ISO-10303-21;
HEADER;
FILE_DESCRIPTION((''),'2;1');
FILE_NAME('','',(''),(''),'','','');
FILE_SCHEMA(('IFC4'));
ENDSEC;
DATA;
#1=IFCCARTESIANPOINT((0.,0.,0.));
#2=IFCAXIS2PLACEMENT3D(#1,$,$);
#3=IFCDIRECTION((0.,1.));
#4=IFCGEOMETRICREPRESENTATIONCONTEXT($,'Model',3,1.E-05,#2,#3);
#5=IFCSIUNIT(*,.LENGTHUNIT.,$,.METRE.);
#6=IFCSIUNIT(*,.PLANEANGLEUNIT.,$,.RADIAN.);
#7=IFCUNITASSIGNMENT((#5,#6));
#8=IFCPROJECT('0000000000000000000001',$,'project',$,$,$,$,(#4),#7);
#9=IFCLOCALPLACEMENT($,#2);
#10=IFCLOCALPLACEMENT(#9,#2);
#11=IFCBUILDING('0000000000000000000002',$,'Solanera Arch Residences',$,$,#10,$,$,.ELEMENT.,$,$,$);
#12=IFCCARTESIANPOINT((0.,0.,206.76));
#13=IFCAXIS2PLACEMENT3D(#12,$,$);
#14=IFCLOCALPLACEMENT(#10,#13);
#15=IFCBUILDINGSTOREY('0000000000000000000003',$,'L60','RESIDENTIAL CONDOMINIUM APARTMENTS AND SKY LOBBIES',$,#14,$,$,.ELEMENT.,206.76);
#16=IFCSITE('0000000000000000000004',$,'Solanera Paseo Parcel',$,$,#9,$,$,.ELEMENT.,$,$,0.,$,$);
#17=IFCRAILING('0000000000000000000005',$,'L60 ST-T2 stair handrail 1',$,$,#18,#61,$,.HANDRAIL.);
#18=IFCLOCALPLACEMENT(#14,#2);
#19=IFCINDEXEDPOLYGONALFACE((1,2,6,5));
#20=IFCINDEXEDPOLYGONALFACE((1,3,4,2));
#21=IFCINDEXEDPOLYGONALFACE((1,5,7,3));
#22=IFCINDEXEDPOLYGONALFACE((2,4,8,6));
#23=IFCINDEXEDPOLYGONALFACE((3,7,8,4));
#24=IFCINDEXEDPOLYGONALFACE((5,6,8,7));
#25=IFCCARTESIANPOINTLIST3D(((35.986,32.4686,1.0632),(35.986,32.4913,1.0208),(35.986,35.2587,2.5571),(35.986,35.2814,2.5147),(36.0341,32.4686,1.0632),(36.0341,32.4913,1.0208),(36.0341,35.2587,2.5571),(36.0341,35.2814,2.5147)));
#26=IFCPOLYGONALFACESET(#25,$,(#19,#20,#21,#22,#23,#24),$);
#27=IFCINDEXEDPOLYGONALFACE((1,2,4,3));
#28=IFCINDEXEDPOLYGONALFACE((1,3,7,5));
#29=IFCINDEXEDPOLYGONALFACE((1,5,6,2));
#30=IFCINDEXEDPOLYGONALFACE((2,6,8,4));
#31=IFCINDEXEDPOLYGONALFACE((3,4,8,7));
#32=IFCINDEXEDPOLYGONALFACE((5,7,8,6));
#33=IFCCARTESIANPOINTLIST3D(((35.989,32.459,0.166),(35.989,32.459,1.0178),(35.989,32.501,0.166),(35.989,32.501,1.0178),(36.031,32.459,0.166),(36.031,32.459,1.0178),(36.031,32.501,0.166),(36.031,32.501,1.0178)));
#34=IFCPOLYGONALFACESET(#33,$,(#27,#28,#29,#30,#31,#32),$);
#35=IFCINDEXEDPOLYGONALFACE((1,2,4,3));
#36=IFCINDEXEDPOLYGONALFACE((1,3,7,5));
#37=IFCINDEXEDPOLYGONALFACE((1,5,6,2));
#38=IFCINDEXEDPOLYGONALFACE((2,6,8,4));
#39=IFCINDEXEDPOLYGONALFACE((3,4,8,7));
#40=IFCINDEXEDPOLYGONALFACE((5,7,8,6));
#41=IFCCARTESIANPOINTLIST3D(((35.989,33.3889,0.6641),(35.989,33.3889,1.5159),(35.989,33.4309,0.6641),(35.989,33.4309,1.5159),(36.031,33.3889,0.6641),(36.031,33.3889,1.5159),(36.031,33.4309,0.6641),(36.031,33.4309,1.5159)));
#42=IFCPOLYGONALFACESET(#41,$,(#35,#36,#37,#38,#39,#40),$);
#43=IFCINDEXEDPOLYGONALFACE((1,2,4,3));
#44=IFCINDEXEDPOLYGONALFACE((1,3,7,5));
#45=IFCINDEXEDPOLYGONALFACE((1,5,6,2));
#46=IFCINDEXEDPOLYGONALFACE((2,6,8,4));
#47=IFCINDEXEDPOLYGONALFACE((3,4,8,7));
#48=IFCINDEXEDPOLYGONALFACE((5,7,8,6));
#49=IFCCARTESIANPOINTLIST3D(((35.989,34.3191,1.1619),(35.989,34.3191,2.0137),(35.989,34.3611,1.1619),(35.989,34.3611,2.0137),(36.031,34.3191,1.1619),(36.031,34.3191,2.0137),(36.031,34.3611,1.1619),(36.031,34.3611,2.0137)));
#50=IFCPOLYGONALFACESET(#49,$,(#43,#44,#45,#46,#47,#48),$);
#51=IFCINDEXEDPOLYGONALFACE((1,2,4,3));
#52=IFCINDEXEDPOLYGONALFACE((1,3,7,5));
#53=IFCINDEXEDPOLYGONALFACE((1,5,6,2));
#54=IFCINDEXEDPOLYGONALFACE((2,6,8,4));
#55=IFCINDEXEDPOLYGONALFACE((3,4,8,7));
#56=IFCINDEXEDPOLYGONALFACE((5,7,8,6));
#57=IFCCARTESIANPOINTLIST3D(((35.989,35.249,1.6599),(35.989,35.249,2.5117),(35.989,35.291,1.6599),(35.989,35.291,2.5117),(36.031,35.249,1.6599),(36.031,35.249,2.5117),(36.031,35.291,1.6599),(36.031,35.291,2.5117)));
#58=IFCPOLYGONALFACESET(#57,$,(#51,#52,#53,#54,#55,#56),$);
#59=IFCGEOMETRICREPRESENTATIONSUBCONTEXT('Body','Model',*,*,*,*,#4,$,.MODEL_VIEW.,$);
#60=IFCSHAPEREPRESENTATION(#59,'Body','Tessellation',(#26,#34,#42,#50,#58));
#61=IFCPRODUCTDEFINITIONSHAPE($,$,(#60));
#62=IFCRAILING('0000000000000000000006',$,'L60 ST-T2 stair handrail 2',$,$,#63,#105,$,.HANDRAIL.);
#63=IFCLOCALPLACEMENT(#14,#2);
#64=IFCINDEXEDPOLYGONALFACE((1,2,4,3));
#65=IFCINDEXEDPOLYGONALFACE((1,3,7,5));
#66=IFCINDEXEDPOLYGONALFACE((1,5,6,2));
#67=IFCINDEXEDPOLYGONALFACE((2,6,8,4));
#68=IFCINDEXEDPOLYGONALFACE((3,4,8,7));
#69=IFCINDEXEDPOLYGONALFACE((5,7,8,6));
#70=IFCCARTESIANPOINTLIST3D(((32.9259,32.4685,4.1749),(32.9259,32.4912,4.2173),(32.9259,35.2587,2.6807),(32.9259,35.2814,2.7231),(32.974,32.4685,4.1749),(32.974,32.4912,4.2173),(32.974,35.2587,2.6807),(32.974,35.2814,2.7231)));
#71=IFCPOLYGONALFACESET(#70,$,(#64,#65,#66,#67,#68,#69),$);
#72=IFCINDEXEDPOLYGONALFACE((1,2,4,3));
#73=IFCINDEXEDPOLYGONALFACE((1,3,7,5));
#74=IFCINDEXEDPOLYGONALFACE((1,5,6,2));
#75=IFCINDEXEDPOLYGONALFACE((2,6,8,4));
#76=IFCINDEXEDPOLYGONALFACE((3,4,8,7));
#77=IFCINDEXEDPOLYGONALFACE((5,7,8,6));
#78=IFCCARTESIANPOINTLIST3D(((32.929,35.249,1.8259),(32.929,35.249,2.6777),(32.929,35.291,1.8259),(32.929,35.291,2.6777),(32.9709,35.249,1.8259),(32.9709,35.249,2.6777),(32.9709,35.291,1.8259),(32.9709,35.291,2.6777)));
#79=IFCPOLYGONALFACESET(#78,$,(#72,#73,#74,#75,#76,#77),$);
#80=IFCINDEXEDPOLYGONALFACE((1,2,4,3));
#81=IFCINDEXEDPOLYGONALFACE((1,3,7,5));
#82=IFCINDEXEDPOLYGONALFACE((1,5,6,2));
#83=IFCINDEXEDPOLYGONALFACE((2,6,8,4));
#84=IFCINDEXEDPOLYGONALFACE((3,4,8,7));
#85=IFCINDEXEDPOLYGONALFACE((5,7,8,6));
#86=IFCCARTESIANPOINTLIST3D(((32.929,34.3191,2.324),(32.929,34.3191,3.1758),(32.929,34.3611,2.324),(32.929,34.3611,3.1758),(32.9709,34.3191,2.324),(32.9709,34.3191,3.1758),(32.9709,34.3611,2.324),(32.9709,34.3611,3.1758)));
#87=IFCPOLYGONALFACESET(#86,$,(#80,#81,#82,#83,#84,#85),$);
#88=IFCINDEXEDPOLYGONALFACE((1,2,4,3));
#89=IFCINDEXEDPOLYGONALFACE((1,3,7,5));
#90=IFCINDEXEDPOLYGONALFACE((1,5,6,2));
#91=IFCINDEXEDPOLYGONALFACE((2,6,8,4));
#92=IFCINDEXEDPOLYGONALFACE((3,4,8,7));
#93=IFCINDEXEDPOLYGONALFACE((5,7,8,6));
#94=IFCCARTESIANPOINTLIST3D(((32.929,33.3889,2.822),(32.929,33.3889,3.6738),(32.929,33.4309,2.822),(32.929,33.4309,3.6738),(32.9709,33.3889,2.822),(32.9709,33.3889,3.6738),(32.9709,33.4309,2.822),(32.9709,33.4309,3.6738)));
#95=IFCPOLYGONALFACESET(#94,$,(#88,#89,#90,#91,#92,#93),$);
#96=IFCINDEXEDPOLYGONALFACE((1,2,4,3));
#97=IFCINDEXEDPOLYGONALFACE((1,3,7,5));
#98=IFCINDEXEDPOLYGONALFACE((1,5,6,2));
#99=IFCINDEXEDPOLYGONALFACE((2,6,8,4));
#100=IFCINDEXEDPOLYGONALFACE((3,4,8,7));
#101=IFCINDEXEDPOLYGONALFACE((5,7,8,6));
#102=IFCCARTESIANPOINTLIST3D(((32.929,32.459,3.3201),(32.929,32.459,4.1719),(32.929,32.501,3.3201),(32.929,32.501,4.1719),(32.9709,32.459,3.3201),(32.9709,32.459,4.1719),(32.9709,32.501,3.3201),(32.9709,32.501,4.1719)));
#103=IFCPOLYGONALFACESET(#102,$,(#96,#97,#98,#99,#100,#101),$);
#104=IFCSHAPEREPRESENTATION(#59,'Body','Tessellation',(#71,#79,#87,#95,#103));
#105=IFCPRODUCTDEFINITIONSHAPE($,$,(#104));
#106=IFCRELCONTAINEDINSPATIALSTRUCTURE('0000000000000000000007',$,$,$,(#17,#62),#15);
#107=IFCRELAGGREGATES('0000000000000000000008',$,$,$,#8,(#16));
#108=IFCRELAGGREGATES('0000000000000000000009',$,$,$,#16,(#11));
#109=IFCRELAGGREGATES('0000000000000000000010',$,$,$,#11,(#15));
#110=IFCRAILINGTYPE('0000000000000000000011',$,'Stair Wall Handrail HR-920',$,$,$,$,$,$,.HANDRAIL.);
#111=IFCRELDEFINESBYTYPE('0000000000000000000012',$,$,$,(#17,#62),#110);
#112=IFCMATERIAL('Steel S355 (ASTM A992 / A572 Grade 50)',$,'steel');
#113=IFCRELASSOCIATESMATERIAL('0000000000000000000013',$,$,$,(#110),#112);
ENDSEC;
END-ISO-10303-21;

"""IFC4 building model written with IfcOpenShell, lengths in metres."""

from ifc_helpers import new_model, si_unit, direction, frame, origin, origin_2d, place, context, subcontext, project, spatial, rectangle, extrude, material, type_object, element, save


model = new_model("IFC4")

# Units and contexts
model_context = context("Model", 3, precision=1e-05, world=origin(), true_north=direction((0.0, 1.0)))
body_context = subcontext(model_context, "Body", "Model", "MODEL_VIEW")
ifc_project = project(units=[si_unit("LENGTHUNIT", "METRE"), si_unit("PLANEANGLEUNIT", "RADIAN")], contexts=[model_context])

# Site, building, storey
site_placement = place(None, origin())
site = spatial("IfcSite", under=ifc_project, at=site_placement, Name="Solanera Paseo Parcel", CompositionType="ELEMENT", RefElevation=0.0)
building_placement = place(site_placement, origin())
building = spatial("IfcBuilding", under=site, at=building_placement, Name="Solanera Arch Residences", CompositionType="ELEMENT")
storey_placement = place(building_placement, frame((0.0, 0.0, 206.76)))
storey = spatial("IfcBuildingStorey", under=building, at=storey_placement, Name="L60", Description="RESIDENTIAL CONDOMINIUM APARTMENTS AND SKY LOBBIES", CompositionType="ELEMENT", Elevation=206.76)

# Railings
ifc_material_1 = material(Name="Steel S355 (ASTM A992 / A572 Grade 50)", Category="steel")
railing_type_1 = type_object("IfcRailingType", Name="Stair Wall Handrail HR-920", PredefinedType="HANDRAIL", material=ifc_material_1)
railing_1_placement = place(storey_placement, frame((36.01, 32.48, 0.166)))
element("IfcRailing", 1, at=railing_1_placement, inside=storey, type_object=railing_type_1, Name="L60 ST-T2 stair handrail 1", PredefinedType="HANDRAIL", context=body_context, shape_type="SweptSolid", body=[
    extrude(rectangle(XDim=0.0481, YDim=0.0481, at=origin_2d()), frame((0.0, 0.0, 0.876), z_axis=(0.0, 0.881581, 0.472033), x_axis=(-1.0, 0.0, 0.0)), (0.0, 0.0, 1.0), 3.1648),
    extrude(rectangle(XDim=0.042, YDim=0.042, at=origin_2d()), origin(), (0.0, 0.0, 1.0), 0.8518),
    extrude(rectangle(XDim=0.042, YDim=0.042, at=origin_2d()), frame((0.0, 0.9299, 0.498)), (0.0, 0.0, 1.0), 0.8518),
    extrude(rectangle(XDim=0.042, YDim=0.042, at=origin_2d()), frame((0.0, 1.8601, 0.9958)), (0.0, 0.0, 1.0), 0.8518),
    extrude(rectangle(XDim=0.042, YDim=0.042, at=origin_2d()), frame((0.0, 2.79, 1.4939)), (0.0, 0.0, 1.0), 0.8518),
])
railing_2_placement = place(storey_placement, frame((32.95, 35.27, 1.8259)))
element("IfcRailing", 2, at=railing_2_placement, inside=storey, type_object=railing_type_1, Name="L60 ST-T2 stair handrail 2", PredefinedType="HANDRAIL", context=body_context, shape_type="SweptSolid", body=[
    extrude(rectangle(XDim=0.0481, YDim=0.0481, at=origin_2d()), frame((0.0, 0.0, 0.876), z_axis=(0.0, -0.881549, 0.472093), x_axis=(1.0, 0.0, 0.0)), (0.0, 0.0, 1.0), 3.165),
    extrude(rectangle(XDim=0.042, YDim=0.042, at=origin_2d()), origin(), (0.0, 0.0, 1.0), 0.8518),
    extrude(rectangle(XDim=0.042, YDim=0.042, at=origin_2d()), frame((0.0, -0.9299, 0.498)), (0.0, 0.0, 1.0), 0.8518),
    extrude(rectangle(XDim=0.042, YDim=0.042, at=origin_2d()), frame((0.0, -1.8601, 0.9961)), (0.0, 0.0, 1.0), 0.8518),
    extrude(rectangle(XDim=0.042, YDim=0.042, at=origin_2d()), frame((0.0, -2.79, 1.4941)), (0.0, 0.0, 1.0), 0.8518),
])

save(model, "model.ifc")
